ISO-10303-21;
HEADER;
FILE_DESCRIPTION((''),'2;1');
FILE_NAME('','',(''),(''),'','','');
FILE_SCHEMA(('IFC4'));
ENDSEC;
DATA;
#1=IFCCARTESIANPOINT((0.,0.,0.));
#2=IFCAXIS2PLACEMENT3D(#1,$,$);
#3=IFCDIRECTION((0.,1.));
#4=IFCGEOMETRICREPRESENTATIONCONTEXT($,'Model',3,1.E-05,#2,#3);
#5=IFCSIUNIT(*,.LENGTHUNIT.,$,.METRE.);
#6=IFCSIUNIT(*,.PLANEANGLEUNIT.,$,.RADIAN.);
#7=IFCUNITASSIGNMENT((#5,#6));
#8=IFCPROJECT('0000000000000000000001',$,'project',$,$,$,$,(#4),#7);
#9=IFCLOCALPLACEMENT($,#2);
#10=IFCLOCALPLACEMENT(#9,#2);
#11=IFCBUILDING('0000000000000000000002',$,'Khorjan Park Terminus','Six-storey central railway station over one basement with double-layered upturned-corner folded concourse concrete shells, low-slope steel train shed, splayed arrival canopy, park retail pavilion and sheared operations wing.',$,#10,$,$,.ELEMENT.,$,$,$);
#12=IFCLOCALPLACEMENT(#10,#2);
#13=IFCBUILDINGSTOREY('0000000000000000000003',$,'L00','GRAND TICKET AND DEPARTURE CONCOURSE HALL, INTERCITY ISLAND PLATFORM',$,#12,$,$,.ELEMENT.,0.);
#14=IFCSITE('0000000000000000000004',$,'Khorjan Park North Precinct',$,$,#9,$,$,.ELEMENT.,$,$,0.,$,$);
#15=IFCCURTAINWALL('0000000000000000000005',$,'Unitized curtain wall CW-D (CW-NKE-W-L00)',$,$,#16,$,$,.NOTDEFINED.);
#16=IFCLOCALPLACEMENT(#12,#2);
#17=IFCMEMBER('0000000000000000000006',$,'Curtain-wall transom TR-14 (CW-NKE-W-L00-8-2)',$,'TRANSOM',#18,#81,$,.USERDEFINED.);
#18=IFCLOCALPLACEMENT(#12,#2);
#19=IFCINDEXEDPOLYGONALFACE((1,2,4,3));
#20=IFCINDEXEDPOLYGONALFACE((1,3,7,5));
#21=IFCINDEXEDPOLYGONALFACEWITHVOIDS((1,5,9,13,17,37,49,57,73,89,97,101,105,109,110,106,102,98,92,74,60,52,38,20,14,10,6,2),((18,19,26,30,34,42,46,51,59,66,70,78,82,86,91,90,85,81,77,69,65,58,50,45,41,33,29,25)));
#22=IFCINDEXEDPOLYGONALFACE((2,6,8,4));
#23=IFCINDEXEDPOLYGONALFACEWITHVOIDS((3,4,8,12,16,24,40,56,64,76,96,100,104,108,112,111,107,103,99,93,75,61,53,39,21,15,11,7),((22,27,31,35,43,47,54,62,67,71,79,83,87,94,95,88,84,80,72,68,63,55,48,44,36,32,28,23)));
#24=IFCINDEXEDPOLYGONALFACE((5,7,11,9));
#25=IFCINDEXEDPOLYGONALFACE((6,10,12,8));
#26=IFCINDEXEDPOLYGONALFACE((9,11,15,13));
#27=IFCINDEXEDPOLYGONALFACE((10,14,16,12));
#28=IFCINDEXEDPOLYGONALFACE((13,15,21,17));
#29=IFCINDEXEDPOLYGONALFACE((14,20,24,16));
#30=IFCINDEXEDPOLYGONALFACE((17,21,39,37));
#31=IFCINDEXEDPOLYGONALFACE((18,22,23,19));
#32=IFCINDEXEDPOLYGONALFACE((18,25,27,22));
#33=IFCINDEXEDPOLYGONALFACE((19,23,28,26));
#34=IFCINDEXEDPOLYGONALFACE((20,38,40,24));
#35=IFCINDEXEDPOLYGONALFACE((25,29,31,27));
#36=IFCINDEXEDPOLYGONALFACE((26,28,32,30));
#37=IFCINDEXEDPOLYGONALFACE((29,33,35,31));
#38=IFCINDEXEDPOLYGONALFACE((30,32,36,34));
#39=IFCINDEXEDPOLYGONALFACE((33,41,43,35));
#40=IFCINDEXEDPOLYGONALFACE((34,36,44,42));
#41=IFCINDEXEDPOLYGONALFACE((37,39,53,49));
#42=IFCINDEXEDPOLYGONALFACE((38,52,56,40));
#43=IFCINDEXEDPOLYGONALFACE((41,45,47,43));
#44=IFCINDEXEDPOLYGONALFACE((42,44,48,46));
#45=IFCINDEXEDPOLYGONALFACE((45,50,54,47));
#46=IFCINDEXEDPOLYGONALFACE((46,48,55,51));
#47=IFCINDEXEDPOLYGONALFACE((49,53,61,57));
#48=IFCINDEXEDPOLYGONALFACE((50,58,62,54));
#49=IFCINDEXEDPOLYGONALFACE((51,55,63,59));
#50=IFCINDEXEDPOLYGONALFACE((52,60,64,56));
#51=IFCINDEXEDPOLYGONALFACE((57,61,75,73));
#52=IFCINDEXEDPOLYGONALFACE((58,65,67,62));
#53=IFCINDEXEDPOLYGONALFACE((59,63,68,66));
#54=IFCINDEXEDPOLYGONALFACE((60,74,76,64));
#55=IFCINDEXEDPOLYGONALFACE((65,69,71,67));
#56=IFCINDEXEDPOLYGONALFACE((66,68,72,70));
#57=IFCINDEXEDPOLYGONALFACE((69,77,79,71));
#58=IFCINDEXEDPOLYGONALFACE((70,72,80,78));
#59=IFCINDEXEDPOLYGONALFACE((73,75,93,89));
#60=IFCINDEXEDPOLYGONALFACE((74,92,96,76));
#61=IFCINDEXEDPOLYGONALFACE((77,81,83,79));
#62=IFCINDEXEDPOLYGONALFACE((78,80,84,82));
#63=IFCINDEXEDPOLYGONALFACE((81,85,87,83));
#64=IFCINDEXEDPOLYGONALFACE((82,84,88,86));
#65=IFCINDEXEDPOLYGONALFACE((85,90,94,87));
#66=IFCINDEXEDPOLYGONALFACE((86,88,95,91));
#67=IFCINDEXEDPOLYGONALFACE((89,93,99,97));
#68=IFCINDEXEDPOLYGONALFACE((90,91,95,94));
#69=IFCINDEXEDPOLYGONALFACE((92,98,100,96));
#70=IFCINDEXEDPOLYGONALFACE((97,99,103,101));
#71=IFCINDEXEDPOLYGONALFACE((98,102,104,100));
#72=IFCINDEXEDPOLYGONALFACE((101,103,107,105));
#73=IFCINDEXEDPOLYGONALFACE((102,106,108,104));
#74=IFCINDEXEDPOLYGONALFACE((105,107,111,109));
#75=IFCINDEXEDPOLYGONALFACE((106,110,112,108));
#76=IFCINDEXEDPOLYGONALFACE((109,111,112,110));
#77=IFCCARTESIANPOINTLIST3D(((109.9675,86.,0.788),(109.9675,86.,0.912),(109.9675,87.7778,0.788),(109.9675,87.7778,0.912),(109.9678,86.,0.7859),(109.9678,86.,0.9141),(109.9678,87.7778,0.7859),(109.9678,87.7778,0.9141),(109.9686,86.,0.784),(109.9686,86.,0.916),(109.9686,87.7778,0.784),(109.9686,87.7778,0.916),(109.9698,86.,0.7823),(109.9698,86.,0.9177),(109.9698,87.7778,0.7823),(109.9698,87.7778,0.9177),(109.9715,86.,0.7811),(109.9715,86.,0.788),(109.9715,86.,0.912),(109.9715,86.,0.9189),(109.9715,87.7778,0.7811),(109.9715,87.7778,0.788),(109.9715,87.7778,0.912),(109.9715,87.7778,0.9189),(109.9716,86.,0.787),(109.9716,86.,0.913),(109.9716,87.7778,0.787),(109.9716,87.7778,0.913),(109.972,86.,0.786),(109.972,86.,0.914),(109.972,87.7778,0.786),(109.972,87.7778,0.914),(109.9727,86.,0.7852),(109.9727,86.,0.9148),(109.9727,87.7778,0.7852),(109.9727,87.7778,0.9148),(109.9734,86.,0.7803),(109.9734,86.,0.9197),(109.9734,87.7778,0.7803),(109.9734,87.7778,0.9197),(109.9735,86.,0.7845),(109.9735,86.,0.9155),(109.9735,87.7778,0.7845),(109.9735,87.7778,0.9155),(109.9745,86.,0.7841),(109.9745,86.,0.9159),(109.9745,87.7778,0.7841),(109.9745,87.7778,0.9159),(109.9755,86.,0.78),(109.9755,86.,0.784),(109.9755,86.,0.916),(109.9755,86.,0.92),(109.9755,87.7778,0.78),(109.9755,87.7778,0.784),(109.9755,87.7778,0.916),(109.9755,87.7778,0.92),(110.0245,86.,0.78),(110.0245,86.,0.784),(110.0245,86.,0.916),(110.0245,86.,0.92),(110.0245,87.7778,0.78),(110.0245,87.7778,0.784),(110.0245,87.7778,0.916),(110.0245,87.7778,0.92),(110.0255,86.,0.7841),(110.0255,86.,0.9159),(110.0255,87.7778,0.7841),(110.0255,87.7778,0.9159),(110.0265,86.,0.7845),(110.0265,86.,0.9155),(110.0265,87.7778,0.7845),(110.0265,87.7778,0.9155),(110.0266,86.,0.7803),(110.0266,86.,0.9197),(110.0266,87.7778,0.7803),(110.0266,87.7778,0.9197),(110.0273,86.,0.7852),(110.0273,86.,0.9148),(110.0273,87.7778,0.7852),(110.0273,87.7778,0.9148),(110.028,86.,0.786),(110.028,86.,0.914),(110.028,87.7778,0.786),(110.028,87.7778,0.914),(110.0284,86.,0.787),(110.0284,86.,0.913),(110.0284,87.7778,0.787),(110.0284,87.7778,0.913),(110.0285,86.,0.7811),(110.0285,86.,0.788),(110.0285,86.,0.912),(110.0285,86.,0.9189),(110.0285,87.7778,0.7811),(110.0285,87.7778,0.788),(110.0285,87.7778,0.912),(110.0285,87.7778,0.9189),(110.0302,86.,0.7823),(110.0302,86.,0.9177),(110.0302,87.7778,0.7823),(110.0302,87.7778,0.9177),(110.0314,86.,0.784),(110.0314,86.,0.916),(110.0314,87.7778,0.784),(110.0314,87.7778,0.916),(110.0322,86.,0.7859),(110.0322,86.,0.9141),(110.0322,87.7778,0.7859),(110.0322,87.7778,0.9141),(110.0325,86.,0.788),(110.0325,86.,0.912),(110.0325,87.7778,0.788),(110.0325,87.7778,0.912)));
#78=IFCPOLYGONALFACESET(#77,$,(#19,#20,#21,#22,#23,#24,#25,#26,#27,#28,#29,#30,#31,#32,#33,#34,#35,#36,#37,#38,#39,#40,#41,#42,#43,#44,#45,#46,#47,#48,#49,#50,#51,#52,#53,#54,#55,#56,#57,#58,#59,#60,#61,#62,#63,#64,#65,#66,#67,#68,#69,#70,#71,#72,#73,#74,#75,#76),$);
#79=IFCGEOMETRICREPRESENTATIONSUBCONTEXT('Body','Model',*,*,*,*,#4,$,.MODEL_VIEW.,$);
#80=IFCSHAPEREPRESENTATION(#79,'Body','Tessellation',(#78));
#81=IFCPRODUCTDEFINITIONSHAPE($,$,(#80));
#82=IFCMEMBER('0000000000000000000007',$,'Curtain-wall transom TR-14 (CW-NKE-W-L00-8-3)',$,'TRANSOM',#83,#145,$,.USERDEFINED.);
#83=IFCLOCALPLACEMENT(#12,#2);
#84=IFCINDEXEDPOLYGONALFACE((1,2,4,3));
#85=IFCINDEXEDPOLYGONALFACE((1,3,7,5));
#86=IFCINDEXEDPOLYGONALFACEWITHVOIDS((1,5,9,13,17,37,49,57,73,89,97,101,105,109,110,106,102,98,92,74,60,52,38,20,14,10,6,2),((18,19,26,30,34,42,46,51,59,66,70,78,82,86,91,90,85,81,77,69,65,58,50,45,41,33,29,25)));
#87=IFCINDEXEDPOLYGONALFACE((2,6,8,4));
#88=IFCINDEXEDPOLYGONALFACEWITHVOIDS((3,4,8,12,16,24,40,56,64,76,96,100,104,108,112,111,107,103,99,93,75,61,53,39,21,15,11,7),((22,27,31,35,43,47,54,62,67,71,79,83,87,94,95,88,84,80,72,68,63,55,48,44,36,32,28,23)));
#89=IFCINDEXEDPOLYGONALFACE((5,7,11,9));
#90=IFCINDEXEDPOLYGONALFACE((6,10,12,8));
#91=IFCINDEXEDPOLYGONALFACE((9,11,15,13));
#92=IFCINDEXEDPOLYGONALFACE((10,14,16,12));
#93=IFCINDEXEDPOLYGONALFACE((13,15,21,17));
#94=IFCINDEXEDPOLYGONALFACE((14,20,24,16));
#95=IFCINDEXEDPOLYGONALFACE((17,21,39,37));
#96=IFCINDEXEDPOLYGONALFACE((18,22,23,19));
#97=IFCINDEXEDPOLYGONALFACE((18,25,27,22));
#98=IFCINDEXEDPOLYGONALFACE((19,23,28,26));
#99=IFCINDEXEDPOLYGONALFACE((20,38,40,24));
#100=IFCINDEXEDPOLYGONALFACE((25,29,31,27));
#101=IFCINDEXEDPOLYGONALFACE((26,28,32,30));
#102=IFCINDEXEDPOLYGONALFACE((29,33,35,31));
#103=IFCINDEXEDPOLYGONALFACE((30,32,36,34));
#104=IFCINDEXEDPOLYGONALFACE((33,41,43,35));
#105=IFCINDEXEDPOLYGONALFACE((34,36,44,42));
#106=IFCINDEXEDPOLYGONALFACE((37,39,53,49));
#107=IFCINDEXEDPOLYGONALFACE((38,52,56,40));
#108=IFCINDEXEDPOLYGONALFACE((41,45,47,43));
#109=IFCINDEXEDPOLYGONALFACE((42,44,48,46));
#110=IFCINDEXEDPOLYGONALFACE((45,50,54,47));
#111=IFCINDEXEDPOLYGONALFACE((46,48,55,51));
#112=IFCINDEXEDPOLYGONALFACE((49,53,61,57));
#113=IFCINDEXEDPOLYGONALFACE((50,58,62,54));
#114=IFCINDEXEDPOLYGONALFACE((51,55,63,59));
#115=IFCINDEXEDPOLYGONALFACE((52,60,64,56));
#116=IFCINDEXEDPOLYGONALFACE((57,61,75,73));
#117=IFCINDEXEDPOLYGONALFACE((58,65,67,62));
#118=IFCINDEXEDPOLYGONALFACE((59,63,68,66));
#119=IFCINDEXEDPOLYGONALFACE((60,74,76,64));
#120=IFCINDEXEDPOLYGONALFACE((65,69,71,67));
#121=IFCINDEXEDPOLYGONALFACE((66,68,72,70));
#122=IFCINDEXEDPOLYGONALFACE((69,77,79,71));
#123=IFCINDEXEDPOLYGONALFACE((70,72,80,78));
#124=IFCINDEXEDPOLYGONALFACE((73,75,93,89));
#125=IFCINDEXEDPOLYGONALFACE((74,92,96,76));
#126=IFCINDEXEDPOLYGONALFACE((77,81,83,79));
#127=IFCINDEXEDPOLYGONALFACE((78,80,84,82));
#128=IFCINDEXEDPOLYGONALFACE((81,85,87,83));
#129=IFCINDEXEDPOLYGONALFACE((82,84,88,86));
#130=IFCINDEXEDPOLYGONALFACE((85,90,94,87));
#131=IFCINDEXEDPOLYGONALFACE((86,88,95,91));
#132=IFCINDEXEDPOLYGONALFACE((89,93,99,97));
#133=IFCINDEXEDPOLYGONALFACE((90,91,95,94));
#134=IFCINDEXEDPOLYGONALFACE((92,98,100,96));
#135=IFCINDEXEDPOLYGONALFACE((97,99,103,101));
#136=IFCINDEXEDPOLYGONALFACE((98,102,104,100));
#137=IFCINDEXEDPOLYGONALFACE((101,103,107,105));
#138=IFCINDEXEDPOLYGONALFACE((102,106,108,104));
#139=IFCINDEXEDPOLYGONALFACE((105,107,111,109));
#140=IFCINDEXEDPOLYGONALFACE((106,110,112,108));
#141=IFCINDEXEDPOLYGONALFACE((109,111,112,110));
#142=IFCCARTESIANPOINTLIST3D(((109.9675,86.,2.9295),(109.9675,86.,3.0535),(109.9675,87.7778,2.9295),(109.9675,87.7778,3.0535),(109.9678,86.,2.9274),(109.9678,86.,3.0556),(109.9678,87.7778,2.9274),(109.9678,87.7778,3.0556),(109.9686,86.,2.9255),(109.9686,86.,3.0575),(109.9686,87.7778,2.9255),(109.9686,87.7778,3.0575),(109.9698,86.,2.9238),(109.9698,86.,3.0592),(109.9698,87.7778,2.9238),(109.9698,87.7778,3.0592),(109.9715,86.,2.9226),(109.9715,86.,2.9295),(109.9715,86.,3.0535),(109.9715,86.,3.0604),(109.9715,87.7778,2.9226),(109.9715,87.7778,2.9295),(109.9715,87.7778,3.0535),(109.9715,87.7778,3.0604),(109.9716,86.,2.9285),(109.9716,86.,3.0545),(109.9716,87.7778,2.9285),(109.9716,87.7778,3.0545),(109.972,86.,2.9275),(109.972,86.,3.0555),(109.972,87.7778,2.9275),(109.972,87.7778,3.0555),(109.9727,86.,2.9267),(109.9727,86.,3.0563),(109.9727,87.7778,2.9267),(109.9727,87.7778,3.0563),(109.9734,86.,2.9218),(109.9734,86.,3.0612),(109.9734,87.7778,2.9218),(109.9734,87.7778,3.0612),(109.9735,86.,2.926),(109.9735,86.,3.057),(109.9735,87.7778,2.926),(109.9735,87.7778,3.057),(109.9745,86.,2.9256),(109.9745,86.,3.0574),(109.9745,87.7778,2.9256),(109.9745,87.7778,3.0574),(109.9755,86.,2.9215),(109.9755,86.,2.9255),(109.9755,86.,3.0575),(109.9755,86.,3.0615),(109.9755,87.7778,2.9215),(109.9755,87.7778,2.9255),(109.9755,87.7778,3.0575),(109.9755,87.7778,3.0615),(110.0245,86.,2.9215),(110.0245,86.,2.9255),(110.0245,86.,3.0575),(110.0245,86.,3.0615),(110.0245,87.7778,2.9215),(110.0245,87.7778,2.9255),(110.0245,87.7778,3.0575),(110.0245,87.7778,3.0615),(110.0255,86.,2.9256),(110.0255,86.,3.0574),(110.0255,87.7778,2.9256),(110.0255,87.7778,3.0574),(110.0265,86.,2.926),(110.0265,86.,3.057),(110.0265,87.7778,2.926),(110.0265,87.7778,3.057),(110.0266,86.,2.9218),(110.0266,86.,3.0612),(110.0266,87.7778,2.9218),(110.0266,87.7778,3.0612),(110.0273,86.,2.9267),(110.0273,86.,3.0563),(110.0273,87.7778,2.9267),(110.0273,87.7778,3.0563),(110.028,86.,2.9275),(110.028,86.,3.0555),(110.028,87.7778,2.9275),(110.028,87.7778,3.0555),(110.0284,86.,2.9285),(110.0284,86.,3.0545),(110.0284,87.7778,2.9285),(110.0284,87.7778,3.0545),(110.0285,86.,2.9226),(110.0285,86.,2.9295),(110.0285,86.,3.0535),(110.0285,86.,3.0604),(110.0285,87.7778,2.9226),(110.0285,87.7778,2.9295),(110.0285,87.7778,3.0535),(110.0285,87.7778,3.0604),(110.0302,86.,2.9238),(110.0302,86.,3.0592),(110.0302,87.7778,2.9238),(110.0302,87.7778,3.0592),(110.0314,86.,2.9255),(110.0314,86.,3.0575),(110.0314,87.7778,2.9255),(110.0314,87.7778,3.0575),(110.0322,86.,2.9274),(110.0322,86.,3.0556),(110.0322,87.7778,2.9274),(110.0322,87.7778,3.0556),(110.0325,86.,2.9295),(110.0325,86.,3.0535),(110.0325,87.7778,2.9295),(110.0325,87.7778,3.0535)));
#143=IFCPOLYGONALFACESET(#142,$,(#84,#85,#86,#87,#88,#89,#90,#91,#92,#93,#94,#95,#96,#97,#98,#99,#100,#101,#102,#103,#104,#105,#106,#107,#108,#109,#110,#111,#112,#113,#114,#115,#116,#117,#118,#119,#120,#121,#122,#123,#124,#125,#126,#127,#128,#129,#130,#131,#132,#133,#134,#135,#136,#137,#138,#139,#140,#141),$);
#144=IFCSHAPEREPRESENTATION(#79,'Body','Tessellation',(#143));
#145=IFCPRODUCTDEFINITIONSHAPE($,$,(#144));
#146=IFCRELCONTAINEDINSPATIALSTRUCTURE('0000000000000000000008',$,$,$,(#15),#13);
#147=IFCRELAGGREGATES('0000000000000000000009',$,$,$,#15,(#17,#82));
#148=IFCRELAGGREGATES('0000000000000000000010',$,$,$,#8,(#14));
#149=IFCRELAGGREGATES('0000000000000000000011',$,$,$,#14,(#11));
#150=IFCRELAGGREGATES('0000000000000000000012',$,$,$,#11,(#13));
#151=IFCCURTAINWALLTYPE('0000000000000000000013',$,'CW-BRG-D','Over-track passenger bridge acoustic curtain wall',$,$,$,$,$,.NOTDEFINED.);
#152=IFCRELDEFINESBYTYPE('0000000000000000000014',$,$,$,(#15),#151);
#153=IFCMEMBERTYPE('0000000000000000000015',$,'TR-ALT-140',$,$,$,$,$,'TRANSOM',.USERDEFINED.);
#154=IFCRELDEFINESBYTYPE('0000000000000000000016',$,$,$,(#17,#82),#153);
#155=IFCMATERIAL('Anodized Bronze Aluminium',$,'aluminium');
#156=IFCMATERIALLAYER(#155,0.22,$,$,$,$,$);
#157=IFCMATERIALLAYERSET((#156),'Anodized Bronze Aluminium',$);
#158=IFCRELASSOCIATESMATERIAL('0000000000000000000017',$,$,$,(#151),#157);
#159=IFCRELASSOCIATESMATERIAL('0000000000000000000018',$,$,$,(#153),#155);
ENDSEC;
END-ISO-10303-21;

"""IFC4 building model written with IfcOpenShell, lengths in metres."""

from ifc_helpers import new_model, si_unit, direction, frame, origin, origin_2d, place, context, subcontext, project, spatial, hollow_rectangle, extrude, material, layer, layer_set, material_profile, profile_set, type_object, element, aggregate, save


model = new_model("IFC4")

# Units and contexts
model_context = context("Model", 3, precision=1e-05, world=origin(), true_north=direction((0.0, 1.0)))
body_context = subcontext(model_context, "Body", "Model", "MODEL_VIEW")
ifc_project = project(units=[si_unit("LENGTHUNIT", "METRE"), si_unit("PLANEANGLEUNIT", "RADIAN")], contexts=[model_context])

# Site, building, storey
site_placement = place(None, origin())
site = spatial("IfcSite", under=ifc_project, at=site_placement, Name="Khorjan Park North Precinct", CompositionType="ELEMENT", RefElevation=0.0)
building_placement = place(site_placement, origin())
building = spatial("IfcBuilding", under=site, at=building_placement, Name="Khorjan Park Terminus", Description="Six-storey central railway station over one basement with double-layered upturned-corner folded concourse concrete shells, low-slope steel train shed, splayed arrival canopy, park retail pavilion and sheared operations wing.", CompositionType="ELEMENT")
storey_placement = place(building_placement, origin())
storey = spatial("IfcBuildingStorey", under=building, at=storey_placement, Name="L00", Description="GRAND TICKET AND DEPARTURE CONCOURSE HALL, INTERCITY ISLAND PLATFORM", CompositionType="ELEMENT", Elevation=0.0)

# Curtain wall
ifc_material_1 = material(Name="Anodized Bronze Aluminium", Category="aluminium")
ifc_layer_1 = layer(ifc_material_1, 0.22)
ifc_layer_set_1 = layer_set([ifc_layer_1], Name="Anodized Bronze Aluminium")
curtain_wall_type_1 = type_object("IfcCurtainWallType", Name="CW-BRG-D", Description="Over-track passenger bridge acoustic curtain wall", PredefinedType="NOTDEFINED", material=ifc_layer_set_1)
curtain_wall_1_placement = place(storey_placement, origin())
curtain_wall_1 = element("IfcCurtainWall", 1, at=curtain_wall_1_placement, inside=storey, type_object=curtain_wall_type_1, Name="Unitized curtain wall CW-D (CW-NKE-W-L00)", PredefinedType="NOTDEFINED")

# Members
ifc_material_profile_1 = material_profile(ifc_material_1, hollow_rectangle(XDim=0.065, YDim=0.14, WallThickness=0.004, InnerFilletRadius=0.004, OuterFilletRadius=0.008, at=origin_2d()), Name="ALT 65x140x4")
ifc_profile_set_1 = profile_set([ifc_material_profile_1], Name="Anodized Bronze Aluminium")
member_type_1 = type_object("IfcMemberType", Name="TR-ALT-140", ElementType="TRANSOM", PredefinedType="USERDEFINED", material=ifc_profile_set_1)
member_1_placement = place(storey_placement, frame((110.0, 87.7778, 0.85), z_axis=(0.0, -1.0, 0.0), x_axis=(1.0, 0.0, 0.0)))
member_1 = element("IfcMember", 2, at=member_1_placement, type_object=member_type_1, Name="Curtain-wall transom TR-14 (CW-NKE-W-L00-8-2)", ObjectType="TRANSOM", PredefinedType="USERDEFINED", context=body_context, shape_type="SweptSolid", body=[
    extrude(hollow_rectangle(XDim=0.065, YDim=0.14, WallThickness=0.004, InnerFilletRadius=0.004, OuterFilletRadius=0.008, at=origin_2d()), origin(), (0.0, 0.0, 1.0), 1.7778),
])
member_2_placement = place(storey_placement, frame((110.0, 87.7778, 2.9915), z_axis=(0.0, -1.0, 0.0), x_axis=(1.0, 0.0, 0.0)))
member_2 = element("IfcMember", 3, at=member_2_placement, type_object=member_type_1, Name="Curtain-wall transom TR-14 (CW-NKE-W-L00-8-3)", ObjectType="TRANSOM", PredefinedType="USERDEFINED", context=body_context, shape_type="SweptSolid", body=[
    extrude(hollow_rectangle(XDim=0.065, YDim=0.14, WallThickness=0.004, InnerFilletRadius=0.004, OuterFilletRadius=0.008, at=origin_2d()), origin(), (0.0, 0.0, 1.0), 1.7778),
])

aggregate(curtain_wall_1, [member_1, member_2])

save(model, "model.ifc")
